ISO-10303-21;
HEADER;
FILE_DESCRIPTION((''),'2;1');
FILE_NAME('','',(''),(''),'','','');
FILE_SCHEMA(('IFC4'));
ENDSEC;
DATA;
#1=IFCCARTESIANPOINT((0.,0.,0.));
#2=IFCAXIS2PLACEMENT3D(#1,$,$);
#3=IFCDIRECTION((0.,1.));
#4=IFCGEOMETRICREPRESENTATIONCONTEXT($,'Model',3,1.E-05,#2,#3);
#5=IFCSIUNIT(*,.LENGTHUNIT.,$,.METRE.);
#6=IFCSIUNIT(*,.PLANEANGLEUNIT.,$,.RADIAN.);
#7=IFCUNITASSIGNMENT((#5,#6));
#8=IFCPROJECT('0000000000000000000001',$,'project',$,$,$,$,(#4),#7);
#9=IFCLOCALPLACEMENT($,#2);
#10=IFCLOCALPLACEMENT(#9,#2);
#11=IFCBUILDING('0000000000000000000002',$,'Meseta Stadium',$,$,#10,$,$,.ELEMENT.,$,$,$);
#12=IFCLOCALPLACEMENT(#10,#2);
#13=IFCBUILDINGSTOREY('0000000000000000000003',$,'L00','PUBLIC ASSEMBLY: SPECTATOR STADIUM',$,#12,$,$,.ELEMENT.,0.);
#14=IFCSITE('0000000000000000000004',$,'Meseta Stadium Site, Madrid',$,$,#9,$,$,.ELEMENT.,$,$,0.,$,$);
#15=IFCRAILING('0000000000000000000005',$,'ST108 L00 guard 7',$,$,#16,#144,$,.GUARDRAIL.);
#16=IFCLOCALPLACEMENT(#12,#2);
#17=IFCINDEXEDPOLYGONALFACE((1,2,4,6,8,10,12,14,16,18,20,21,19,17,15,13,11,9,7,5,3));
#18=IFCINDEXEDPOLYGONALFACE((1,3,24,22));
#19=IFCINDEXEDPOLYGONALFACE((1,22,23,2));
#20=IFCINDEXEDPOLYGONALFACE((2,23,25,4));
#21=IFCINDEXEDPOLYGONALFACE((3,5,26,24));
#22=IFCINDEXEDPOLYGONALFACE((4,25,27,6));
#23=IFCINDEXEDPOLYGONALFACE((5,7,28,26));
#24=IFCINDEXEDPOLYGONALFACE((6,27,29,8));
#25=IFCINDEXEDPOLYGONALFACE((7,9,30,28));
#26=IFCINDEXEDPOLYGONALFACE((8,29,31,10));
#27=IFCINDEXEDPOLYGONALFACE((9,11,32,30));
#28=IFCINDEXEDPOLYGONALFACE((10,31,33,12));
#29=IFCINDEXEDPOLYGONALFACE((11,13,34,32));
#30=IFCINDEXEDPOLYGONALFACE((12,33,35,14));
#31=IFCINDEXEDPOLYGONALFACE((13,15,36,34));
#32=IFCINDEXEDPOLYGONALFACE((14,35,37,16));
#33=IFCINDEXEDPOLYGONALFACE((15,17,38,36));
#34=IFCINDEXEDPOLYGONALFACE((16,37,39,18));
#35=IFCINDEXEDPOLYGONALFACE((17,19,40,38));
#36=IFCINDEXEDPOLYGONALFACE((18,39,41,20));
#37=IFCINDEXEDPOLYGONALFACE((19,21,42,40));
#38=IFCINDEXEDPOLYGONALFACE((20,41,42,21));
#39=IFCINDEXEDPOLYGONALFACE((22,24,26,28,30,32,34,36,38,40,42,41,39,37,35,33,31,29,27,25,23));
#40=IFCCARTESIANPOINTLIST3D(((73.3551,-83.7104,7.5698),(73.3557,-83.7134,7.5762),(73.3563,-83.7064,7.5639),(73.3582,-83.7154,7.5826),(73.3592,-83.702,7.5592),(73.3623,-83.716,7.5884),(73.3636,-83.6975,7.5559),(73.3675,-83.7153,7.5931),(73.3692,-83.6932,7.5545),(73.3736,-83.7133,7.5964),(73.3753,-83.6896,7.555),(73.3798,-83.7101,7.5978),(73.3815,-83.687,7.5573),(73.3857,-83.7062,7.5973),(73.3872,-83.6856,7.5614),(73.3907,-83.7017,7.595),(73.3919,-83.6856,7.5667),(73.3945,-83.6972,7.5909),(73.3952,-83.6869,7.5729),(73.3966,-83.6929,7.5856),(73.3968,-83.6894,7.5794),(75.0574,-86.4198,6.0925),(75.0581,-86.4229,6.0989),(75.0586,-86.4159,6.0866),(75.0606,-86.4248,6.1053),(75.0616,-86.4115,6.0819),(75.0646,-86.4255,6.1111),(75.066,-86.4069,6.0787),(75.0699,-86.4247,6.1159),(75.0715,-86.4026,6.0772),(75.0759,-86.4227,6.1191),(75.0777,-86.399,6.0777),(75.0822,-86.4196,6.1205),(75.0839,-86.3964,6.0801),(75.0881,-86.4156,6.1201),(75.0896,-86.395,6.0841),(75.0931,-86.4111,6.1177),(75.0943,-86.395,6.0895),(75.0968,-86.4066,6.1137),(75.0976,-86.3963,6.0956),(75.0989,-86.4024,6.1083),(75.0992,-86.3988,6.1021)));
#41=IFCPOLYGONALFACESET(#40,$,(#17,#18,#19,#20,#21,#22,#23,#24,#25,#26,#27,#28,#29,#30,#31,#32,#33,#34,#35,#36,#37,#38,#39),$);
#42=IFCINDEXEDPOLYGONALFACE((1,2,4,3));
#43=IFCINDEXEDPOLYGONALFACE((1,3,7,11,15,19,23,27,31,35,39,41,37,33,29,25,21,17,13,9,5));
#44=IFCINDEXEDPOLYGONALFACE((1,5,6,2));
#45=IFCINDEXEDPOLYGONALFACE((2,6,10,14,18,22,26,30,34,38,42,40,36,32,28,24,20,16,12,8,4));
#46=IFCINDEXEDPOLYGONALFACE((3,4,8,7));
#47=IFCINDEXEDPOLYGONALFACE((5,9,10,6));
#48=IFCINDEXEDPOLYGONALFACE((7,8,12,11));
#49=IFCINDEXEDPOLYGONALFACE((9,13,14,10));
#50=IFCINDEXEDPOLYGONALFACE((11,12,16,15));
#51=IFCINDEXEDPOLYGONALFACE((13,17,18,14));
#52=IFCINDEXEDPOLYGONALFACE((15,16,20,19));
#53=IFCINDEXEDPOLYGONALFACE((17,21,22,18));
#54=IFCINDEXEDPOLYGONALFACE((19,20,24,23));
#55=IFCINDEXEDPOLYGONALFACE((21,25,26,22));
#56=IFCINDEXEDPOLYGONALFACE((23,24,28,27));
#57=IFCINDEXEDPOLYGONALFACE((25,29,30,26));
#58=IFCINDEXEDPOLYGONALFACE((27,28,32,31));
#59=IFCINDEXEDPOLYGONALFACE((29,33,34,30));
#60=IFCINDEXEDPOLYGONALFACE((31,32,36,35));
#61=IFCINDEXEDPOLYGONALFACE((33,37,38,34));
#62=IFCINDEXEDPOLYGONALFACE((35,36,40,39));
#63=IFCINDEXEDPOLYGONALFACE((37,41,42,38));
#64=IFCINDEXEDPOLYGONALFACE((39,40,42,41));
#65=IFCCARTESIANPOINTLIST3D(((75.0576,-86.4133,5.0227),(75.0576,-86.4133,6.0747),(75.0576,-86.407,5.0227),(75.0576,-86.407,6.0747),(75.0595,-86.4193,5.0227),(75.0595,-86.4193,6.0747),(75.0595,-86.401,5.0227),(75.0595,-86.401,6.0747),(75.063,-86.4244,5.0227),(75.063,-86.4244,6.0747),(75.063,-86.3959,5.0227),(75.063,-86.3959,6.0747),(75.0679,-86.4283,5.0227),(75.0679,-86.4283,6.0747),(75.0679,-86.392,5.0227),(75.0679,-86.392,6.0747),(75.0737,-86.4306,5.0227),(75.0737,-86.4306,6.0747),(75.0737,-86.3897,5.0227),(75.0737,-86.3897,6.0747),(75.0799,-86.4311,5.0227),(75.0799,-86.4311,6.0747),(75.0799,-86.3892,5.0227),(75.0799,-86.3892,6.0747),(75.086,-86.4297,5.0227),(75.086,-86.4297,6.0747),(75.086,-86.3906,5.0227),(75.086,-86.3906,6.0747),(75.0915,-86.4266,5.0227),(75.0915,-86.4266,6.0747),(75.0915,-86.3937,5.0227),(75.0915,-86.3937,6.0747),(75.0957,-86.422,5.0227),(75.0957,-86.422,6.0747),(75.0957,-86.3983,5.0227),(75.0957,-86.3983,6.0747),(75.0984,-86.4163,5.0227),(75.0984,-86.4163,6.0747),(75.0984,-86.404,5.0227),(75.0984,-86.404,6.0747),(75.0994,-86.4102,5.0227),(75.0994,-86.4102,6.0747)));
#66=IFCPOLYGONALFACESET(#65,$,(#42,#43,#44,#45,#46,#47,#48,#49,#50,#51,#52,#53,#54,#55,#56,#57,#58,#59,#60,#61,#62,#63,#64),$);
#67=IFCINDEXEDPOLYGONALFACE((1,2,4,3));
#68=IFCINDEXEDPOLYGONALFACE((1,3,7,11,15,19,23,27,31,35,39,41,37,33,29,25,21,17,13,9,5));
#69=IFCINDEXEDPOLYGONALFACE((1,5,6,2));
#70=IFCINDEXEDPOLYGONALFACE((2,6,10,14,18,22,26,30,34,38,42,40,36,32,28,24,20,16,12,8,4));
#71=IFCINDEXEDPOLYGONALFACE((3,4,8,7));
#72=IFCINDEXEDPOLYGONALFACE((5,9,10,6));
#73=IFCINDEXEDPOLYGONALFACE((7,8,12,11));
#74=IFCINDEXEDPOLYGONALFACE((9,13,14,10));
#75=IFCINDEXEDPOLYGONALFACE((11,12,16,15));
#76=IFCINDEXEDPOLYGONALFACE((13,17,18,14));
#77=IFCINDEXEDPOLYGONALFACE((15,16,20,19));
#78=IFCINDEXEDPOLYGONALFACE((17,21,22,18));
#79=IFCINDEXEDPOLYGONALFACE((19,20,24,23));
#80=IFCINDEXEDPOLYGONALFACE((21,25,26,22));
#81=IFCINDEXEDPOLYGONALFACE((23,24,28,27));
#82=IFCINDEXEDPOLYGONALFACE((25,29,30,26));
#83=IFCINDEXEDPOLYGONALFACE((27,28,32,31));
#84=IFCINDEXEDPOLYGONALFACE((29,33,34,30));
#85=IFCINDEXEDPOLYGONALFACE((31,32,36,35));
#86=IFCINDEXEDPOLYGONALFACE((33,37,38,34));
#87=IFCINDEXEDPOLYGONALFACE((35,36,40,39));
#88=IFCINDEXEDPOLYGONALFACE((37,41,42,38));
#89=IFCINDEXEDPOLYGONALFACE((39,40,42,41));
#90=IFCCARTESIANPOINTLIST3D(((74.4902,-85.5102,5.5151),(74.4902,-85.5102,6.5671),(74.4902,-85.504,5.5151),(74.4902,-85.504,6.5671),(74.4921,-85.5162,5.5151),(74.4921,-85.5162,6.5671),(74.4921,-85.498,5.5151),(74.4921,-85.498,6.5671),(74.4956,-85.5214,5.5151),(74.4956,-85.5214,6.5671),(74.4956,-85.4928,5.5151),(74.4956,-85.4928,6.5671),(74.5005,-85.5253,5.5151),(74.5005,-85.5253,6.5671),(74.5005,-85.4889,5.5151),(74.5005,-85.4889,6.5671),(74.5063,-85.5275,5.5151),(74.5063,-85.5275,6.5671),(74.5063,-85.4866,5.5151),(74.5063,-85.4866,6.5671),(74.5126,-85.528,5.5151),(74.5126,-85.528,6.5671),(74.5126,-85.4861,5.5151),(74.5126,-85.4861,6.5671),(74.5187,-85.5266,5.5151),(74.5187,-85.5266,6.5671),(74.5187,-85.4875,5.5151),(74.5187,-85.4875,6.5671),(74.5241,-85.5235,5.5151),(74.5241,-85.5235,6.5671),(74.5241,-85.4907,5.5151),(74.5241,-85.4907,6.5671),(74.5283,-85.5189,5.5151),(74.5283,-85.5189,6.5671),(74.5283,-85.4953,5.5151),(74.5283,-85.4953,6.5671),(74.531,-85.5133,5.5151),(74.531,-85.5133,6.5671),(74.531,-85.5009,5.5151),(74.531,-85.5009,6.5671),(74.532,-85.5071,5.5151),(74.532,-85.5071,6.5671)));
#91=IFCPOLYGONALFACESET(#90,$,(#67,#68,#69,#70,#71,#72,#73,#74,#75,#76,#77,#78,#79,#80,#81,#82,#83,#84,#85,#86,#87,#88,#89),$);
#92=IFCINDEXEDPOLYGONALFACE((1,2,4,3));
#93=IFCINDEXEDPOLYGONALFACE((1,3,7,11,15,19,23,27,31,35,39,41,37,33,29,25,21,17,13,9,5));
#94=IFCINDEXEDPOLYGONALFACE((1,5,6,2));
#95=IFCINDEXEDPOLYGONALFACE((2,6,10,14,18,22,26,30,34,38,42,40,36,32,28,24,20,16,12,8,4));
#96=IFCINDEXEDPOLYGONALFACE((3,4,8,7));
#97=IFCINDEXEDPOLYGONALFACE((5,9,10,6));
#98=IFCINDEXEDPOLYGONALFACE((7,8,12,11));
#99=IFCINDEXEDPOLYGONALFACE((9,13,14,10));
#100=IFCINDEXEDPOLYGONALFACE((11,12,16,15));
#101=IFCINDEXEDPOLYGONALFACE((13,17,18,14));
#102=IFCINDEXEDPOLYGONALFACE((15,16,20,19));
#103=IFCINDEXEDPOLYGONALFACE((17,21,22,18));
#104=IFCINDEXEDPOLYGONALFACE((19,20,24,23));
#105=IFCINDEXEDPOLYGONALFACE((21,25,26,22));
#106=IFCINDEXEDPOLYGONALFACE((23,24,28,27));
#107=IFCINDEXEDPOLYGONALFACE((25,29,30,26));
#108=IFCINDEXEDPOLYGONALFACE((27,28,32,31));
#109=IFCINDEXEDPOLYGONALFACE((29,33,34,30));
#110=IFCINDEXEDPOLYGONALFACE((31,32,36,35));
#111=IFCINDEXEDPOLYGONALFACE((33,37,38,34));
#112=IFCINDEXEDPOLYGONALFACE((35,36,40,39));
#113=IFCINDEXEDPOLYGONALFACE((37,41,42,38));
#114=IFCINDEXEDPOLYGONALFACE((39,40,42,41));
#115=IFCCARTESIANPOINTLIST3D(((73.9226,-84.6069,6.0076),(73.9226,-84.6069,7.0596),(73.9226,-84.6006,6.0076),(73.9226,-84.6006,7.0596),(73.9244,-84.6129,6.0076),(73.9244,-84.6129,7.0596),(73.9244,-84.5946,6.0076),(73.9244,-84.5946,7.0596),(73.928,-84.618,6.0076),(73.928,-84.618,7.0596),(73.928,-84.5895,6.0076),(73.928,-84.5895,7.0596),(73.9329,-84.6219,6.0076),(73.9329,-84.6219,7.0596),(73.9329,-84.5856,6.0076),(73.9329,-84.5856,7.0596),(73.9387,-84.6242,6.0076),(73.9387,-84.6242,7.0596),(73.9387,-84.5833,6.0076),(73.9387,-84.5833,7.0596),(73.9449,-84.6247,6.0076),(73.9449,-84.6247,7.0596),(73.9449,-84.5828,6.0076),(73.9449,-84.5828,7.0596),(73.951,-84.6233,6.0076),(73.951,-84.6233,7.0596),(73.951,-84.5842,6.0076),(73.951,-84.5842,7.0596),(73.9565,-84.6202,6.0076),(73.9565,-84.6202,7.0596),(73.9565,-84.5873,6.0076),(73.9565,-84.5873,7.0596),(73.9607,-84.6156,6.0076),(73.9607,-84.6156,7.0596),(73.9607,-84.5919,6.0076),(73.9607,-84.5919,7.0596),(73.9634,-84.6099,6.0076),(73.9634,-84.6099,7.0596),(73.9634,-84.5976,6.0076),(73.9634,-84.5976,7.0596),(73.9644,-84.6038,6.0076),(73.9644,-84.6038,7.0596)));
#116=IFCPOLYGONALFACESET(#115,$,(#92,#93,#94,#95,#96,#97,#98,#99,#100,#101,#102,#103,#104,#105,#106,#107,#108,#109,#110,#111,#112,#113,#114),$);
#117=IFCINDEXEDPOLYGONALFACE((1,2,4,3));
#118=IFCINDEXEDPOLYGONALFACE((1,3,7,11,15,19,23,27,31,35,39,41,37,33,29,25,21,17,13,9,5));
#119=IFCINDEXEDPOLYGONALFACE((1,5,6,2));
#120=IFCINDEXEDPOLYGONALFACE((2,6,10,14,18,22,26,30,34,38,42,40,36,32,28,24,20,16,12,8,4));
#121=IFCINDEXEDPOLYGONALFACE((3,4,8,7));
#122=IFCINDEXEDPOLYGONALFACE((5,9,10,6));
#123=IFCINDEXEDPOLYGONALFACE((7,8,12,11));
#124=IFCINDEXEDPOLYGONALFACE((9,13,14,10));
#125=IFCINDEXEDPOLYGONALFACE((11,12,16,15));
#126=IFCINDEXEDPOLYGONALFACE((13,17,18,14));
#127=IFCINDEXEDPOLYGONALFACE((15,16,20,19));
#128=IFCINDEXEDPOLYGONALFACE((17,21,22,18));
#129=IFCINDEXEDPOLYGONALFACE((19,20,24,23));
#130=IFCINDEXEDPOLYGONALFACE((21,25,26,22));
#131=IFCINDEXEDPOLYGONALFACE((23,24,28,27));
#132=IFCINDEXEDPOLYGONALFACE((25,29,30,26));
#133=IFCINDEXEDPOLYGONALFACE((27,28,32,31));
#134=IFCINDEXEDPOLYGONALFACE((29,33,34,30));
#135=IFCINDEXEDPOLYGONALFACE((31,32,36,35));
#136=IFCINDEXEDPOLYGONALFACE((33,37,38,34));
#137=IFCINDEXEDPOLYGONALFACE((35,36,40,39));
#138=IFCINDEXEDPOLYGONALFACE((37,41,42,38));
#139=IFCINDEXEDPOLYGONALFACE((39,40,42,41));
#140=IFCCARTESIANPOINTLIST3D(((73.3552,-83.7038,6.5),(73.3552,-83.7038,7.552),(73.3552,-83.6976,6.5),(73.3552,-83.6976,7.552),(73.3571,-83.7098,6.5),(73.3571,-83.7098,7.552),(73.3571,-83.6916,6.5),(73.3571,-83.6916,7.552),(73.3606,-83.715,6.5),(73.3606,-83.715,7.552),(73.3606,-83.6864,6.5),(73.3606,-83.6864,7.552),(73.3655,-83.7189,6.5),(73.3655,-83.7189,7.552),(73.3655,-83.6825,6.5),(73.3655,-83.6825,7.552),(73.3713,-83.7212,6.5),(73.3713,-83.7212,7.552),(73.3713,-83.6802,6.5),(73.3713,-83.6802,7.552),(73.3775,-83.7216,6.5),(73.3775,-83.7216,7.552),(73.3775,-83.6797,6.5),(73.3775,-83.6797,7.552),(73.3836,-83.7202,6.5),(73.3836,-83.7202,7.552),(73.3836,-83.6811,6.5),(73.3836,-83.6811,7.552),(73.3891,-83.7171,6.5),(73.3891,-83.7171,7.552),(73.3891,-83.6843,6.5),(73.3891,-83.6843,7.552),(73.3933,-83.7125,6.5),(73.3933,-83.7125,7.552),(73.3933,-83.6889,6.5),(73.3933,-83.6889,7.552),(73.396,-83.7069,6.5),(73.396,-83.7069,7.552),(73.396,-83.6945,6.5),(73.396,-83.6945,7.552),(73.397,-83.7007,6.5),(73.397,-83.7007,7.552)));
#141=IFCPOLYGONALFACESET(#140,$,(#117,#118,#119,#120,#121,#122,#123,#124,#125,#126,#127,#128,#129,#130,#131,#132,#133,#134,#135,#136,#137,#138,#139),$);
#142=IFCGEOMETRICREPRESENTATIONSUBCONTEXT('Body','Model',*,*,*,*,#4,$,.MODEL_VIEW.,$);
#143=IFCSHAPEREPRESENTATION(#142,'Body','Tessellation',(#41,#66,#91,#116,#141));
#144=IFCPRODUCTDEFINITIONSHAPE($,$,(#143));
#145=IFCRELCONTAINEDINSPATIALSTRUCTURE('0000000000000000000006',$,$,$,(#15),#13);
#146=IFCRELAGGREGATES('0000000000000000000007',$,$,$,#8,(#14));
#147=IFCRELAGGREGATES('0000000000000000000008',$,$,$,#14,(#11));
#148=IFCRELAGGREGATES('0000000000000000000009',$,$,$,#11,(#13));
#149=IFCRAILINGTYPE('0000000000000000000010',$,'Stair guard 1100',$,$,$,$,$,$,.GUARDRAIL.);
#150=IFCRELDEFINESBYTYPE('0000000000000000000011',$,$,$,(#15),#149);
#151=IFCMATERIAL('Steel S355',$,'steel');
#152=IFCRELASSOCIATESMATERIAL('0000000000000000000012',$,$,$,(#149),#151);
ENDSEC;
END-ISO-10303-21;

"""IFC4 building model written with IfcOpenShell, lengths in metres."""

from ifc_helpers import new_model, si_unit, direction, frame, origin, origin_2d, place, context, subcontext, project, spatial, circle, extrude, material, type_object, element, save


model = new_model("IFC4")

# Units and contexts
model_context = context("Model", 3, precision=1e-05, world=origin(), true_north=direction((0.0, 1.0)))
body_context = subcontext(model_context, "Body", "Model", "MODEL_VIEW")
ifc_project = project(units=[si_unit("LENGTHUNIT", "METRE"), si_unit("PLANEANGLEUNIT", "RADIAN")], contexts=[model_context])

# Site, building, storey
site_placement = place(None, origin())
site = spatial("IfcSite", under=ifc_project, at=site_placement, Name="Meseta Stadium Site, Madrid", CompositionType="ELEMENT", RefElevation=0.0)
building_placement = place(site_placement, origin())
building = spatial("IfcBuilding", under=site, at=building_placement, Name="Meseta Stadium", CompositionType="ELEMENT")
storey_placement = place(building_placement, origin())
storey = spatial("IfcBuildingStorey", under=building, at=storey_placement, Name="L00", Description="PUBLIC ASSEMBLY: SPECTATOR STADIUM", CompositionType="ELEMENT", Elevation=0.0)

# Railing
ifc_material_1 = material(Name="Steel S355", Category="steel")
railing_type_1 = type_object("IfcRailingType", Name="Stair guard 1100", PredefinedType="GUARDRAIL", material=ifc_material_1)
railing_1_placement = place(storey_placement, frame((75.0784, -86.4102, 5.0227)))
element("IfcRailing", 1, at=railing_1_placement, inside=storey, type_object=railing_type_1, Name="ST108 L00 guard 7", PredefinedType="GUARDRAIL", context=body_context, shape_type="SweptSolid", body=[
    extrude(circle(Radius=0.0239, at=origin_2d()), frame((0.0, 0.0, 1.0762), z_axis=(-0.483023, 0.768764, 0.419156), x_axis=(-0.846736, -0.532014, 0.0)), (0.0, 0.0, 1.0), 3.5244),
    extrude(circle(Radius=0.021, at=origin_2d()), origin(), (0.0, 0.0, 1.0), 1.052),
    extrude(circle(Radius=0.021, at=origin_2d()), frame((-0.5674, 0.9031, 0.4924)), (0.0, 0.0, 1.0), 1.052),
    extrude(circle(Radius=0.021, at=origin_2d()), frame((-1.135, 1.8064, 0.9849)), (0.0, 0.0, 1.0), 1.052),
    extrude(circle(Radius=0.021, at=origin_2d()), frame((-1.7024, 2.7095, 1.4773)), (0.0, 0.0, 1.0), 1.052),
])

save(model, "model.ifc")
